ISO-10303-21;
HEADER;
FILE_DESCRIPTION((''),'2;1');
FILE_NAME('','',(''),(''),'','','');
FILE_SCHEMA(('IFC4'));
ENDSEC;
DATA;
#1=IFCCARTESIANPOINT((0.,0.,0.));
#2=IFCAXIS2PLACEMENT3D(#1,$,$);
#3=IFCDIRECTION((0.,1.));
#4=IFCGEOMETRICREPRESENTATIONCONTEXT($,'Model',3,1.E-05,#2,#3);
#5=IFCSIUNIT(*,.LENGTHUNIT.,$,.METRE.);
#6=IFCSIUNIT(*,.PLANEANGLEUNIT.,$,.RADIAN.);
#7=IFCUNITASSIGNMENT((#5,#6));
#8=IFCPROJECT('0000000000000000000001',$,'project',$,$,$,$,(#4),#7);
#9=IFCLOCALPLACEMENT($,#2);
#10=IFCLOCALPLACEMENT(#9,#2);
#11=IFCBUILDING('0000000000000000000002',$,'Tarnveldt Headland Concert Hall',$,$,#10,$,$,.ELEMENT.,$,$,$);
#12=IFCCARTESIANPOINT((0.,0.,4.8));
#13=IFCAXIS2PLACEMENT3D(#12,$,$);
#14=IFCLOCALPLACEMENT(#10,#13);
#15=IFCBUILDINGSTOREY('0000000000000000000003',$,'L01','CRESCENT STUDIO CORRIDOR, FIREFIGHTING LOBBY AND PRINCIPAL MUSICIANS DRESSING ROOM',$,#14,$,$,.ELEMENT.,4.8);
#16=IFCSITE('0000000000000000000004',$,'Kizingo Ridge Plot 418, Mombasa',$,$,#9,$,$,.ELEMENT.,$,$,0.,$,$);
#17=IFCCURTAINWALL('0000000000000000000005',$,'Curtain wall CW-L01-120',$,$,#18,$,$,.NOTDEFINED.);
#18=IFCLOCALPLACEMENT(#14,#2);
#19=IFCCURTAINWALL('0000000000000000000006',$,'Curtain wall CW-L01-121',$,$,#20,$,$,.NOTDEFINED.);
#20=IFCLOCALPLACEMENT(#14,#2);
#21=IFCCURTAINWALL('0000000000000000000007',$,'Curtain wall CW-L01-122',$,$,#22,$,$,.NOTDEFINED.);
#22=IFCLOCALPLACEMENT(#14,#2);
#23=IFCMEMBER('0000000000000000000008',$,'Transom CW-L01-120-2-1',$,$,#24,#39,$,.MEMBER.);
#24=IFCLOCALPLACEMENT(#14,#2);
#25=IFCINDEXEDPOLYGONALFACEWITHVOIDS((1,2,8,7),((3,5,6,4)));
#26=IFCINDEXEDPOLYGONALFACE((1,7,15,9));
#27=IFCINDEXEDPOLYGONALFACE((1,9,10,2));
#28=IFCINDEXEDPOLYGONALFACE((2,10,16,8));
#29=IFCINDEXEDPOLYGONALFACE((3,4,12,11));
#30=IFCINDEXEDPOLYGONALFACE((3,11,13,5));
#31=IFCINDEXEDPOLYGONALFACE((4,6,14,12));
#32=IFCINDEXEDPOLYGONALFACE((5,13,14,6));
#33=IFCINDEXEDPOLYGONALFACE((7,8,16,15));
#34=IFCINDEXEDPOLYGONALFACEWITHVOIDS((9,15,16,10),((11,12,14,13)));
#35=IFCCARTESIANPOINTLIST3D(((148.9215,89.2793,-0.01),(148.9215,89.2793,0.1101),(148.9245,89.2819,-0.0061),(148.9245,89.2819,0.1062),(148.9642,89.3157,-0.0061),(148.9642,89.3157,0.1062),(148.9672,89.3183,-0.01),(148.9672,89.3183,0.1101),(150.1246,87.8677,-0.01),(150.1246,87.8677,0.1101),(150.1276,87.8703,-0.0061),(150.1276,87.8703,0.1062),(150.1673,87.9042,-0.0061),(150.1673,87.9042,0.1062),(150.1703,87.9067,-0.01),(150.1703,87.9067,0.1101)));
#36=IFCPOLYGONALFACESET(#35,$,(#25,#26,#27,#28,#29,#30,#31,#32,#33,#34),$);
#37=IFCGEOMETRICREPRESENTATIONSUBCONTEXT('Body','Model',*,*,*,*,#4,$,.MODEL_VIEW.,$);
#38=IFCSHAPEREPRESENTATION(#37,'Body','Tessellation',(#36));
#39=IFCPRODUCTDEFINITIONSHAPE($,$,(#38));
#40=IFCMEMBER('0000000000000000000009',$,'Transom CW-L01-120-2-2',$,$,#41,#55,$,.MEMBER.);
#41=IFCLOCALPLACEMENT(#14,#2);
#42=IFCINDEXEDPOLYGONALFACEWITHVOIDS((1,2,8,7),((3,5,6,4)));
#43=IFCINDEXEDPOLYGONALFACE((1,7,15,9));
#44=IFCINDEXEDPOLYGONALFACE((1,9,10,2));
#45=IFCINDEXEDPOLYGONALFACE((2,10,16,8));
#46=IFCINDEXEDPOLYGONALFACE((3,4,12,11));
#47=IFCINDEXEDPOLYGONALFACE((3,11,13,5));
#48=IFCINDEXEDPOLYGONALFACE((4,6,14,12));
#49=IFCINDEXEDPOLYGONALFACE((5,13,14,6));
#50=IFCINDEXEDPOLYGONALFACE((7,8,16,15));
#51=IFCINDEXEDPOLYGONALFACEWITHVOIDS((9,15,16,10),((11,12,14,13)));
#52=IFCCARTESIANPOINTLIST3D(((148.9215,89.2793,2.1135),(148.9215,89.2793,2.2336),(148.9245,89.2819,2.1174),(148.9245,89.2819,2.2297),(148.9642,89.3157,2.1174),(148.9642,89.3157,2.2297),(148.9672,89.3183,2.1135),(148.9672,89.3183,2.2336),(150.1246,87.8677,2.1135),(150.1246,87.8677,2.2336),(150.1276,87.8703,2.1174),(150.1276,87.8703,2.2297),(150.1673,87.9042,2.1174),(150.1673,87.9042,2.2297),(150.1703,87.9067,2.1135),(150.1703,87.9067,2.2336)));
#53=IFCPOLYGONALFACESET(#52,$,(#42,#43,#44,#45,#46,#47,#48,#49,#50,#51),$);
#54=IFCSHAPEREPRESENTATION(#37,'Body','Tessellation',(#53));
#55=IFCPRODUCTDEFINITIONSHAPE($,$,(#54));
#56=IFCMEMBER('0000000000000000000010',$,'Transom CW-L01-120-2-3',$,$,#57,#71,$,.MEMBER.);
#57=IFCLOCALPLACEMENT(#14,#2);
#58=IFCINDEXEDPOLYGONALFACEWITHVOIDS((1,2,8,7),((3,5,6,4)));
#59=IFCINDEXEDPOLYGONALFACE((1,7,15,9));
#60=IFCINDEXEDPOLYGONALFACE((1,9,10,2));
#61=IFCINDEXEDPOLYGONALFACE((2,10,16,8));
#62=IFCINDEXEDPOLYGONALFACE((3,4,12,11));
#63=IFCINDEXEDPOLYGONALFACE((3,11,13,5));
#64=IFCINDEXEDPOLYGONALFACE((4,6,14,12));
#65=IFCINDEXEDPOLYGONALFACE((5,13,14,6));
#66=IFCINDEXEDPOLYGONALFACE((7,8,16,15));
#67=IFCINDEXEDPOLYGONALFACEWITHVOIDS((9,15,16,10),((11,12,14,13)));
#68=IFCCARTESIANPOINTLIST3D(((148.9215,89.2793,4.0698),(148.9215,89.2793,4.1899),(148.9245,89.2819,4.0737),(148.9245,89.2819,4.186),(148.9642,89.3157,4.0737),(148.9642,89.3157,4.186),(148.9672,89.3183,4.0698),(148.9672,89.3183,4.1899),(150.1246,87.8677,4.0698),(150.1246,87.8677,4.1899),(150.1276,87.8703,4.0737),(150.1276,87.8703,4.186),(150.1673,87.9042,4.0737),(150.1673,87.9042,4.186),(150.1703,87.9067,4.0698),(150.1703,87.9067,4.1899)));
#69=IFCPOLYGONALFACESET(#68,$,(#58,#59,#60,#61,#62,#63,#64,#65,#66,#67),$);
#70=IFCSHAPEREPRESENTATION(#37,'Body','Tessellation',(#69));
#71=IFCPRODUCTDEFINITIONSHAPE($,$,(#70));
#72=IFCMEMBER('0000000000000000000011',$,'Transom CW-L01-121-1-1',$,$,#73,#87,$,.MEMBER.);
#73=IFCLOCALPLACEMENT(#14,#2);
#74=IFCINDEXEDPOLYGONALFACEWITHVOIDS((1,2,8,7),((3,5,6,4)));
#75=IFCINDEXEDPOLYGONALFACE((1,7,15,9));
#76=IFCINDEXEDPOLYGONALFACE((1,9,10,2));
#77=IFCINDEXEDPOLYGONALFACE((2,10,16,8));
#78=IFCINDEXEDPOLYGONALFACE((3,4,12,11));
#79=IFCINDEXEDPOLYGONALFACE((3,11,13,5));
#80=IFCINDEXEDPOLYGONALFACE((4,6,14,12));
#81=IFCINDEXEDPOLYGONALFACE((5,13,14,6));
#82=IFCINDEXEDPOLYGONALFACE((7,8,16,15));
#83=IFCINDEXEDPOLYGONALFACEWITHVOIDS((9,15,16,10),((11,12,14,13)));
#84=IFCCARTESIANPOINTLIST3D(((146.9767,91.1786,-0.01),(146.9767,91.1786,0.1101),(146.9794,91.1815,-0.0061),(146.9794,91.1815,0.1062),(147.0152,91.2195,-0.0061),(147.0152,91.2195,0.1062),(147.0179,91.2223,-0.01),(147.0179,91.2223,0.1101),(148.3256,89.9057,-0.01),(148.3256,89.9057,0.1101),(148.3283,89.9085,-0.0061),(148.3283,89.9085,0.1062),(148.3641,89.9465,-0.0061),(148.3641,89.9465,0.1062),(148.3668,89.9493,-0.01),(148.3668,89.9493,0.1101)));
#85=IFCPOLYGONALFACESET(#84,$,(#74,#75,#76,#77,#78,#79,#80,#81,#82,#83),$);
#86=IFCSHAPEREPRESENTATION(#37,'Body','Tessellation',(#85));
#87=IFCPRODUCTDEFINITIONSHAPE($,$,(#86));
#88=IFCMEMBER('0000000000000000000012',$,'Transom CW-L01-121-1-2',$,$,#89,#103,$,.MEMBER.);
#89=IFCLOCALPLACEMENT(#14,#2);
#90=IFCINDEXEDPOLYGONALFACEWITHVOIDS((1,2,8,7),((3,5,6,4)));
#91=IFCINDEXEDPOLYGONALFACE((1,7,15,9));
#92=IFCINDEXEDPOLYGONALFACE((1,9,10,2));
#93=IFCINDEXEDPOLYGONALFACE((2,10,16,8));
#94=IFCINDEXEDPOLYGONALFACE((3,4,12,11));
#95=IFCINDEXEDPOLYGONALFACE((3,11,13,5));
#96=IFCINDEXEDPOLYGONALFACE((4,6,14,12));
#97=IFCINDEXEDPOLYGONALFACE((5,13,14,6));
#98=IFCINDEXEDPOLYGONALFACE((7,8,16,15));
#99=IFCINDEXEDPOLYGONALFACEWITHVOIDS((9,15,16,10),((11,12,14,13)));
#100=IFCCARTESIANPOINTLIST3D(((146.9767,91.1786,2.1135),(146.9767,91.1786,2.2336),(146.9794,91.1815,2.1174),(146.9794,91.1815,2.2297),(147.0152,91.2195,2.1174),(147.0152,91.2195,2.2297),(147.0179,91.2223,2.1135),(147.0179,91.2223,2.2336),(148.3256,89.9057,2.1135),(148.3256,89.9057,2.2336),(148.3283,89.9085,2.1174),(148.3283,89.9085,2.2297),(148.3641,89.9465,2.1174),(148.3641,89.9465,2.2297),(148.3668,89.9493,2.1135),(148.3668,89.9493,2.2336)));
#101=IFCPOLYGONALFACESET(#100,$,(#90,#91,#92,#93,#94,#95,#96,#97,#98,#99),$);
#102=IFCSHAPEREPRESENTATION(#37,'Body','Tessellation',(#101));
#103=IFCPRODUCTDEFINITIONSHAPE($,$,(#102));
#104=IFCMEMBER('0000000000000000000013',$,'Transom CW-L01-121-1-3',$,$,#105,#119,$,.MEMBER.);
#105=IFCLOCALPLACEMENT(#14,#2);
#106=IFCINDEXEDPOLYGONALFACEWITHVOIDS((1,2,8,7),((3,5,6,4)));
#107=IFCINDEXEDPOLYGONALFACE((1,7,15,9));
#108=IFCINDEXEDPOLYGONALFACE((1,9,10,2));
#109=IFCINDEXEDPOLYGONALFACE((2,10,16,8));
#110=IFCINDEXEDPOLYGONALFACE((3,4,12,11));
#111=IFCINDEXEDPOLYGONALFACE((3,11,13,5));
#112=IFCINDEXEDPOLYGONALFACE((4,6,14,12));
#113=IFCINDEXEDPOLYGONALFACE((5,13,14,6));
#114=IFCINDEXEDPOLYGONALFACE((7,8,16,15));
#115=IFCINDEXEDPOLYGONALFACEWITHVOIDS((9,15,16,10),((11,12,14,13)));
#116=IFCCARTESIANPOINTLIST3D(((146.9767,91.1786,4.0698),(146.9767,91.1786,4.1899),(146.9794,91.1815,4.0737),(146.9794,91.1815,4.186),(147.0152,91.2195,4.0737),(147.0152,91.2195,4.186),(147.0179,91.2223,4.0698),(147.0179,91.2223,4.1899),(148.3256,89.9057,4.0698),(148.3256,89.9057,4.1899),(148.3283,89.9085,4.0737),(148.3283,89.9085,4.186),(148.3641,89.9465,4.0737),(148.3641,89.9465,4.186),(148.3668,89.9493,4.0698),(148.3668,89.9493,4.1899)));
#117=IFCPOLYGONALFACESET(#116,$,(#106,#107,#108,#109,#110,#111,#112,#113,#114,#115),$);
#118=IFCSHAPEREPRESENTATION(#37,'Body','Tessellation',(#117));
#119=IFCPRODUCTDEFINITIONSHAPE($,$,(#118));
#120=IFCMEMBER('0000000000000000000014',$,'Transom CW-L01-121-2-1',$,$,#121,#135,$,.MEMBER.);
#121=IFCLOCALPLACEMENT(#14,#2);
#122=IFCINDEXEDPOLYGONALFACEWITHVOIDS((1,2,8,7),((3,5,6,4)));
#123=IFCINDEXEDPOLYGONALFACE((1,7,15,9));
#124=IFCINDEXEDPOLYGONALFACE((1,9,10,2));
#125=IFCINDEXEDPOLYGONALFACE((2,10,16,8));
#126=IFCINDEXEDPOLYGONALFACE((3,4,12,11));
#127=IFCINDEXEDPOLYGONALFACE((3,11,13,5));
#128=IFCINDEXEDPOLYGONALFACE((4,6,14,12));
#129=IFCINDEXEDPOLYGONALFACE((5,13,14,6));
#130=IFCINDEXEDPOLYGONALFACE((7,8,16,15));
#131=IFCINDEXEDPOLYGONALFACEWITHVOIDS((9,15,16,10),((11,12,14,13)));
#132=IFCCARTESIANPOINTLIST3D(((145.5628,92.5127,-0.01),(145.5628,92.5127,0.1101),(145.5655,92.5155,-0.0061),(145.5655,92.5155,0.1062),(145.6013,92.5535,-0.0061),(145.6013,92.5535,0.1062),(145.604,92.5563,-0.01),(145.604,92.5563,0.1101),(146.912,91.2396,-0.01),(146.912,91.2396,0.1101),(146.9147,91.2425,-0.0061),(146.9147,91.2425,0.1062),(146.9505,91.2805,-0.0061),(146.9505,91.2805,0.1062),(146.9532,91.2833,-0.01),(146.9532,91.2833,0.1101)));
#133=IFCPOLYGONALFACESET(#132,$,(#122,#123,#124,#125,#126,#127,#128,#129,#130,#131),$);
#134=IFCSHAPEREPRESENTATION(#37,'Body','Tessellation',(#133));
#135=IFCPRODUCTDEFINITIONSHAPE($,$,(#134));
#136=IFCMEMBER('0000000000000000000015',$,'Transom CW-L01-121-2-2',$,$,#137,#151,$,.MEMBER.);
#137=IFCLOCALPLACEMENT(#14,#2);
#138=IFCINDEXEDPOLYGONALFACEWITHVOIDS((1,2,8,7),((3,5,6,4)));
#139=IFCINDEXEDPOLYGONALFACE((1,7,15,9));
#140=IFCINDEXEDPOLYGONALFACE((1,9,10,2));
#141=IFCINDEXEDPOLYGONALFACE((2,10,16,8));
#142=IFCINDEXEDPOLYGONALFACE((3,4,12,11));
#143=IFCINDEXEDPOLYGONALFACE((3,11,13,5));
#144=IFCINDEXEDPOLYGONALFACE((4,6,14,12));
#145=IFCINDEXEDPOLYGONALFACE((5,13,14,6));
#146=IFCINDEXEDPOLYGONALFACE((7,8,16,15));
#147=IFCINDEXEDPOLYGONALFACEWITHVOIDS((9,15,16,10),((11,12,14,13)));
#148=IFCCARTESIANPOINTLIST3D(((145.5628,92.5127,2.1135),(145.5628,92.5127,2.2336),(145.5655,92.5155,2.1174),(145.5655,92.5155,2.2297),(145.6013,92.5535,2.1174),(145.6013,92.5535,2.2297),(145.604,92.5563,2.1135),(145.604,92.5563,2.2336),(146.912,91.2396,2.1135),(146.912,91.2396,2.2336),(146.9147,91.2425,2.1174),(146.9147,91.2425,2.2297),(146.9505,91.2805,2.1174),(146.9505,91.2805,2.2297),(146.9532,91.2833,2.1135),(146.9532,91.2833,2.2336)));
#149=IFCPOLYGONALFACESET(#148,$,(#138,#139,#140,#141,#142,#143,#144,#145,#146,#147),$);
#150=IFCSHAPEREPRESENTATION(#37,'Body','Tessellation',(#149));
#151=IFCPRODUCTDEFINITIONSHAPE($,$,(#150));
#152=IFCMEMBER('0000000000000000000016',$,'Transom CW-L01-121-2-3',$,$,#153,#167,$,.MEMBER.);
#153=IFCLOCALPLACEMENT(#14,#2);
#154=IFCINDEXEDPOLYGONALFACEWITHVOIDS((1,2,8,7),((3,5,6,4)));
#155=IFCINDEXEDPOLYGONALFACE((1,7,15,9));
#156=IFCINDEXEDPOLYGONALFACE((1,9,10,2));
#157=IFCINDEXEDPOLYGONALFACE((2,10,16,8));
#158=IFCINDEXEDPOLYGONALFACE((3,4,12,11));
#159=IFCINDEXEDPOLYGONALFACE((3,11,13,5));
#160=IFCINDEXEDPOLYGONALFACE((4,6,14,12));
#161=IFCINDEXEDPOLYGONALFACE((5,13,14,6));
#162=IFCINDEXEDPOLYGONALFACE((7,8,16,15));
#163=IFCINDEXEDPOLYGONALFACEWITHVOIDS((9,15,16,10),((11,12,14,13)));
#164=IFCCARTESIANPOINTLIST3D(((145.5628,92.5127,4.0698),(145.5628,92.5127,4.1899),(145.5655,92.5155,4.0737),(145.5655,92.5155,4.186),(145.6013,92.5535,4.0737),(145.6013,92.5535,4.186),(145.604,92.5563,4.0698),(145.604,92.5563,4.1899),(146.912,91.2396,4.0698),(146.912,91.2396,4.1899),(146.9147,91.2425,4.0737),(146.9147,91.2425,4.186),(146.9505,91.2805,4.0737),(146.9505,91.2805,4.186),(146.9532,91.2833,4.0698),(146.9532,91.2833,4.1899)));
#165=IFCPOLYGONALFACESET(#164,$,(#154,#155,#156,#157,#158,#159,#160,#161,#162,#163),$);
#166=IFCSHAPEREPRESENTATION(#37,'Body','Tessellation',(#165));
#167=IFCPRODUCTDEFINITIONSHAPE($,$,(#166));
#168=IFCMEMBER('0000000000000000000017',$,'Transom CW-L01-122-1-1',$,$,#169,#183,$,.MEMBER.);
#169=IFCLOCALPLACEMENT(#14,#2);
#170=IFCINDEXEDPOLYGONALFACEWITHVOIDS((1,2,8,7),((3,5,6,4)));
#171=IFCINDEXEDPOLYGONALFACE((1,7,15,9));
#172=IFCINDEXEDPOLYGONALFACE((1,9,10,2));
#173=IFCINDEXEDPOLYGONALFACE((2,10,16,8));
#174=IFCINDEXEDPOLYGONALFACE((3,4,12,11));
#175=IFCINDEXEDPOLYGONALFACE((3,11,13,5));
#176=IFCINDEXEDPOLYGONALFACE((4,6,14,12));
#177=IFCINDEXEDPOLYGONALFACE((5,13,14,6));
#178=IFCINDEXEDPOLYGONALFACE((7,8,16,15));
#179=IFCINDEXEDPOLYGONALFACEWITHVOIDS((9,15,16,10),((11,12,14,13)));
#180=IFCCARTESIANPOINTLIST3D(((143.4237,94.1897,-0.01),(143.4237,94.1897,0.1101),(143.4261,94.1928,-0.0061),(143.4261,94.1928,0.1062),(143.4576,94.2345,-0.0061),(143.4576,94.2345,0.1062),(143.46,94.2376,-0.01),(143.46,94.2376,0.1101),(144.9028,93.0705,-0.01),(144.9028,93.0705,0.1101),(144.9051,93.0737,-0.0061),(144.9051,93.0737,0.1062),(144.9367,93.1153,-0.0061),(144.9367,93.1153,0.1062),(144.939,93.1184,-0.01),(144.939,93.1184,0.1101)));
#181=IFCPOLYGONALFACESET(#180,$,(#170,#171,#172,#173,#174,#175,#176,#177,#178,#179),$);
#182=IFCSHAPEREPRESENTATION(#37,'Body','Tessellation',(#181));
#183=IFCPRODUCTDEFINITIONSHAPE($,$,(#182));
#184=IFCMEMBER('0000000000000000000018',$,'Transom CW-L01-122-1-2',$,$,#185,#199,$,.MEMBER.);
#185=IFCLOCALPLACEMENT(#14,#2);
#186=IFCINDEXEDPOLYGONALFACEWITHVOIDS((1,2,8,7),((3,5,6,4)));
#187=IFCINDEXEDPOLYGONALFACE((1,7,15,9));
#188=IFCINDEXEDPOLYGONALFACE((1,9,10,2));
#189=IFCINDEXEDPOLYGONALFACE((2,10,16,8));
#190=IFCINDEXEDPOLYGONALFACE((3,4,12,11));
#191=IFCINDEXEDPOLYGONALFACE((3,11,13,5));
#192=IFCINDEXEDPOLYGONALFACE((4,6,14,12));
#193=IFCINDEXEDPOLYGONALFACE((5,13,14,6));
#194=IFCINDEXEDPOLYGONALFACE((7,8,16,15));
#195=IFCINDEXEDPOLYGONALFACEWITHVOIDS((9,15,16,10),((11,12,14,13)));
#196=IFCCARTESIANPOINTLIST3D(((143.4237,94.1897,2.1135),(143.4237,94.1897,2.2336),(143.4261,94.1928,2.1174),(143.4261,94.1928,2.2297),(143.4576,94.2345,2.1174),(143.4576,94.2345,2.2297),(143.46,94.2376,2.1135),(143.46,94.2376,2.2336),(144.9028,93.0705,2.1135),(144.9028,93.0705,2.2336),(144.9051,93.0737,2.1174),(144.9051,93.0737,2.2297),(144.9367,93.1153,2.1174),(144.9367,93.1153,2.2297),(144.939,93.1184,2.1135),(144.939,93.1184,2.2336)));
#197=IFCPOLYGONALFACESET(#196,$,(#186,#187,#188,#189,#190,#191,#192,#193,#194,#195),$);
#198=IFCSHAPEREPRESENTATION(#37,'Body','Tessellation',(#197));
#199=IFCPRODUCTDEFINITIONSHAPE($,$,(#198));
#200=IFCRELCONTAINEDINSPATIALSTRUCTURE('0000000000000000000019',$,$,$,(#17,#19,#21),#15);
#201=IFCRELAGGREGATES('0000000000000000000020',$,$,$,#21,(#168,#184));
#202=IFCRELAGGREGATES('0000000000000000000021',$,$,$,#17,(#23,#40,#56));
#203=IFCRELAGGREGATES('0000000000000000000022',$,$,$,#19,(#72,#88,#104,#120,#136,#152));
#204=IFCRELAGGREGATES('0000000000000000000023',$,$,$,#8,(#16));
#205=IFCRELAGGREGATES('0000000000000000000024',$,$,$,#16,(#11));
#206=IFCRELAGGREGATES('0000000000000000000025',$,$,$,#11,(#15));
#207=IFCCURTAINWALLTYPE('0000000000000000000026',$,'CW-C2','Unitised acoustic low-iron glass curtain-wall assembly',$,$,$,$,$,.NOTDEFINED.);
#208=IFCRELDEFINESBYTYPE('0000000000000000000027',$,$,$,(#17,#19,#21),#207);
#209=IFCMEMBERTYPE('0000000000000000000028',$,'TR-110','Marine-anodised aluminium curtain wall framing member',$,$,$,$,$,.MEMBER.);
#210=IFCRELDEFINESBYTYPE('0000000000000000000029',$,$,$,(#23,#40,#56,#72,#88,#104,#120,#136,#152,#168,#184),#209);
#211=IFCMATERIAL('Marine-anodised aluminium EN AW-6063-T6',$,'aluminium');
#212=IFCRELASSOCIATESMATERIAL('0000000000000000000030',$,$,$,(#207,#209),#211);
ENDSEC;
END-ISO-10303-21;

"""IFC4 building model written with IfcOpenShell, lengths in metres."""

from ifc_helpers import new_model, si_unit, direction, frame, origin, origin_2d, place, context, subcontext, project, spatial, hollow_rectangle, extrude, material, material_profile, profile_set, type_object, element, aggregate, save


model = new_model("IFC4")

# Units and contexts
model_context = context("Model", 3, precision=1e-05, world=origin(), true_north=direction((0.0, 1.0)))
body_context = subcontext(model_context, "Body", "Model", "MODEL_VIEW")
ifc_project = project(units=[si_unit("LENGTHUNIT", "METRE"), si_unit("PLANEANGLEUNIT", "RADIAN")], contexts=[model_context])

# Site, building, storey
site_placement = place(None, origin())
site = spatial("IfcSite", under=ifc_project, at=site_placement, Name="Kizingo Ridge Plot 418, Mombasa", CompositionType="ELEMENT", RefElevation=0.0)
building_placement = place(site_placement, origin())
building = spatial("IfcBuilding", under=site, at=building_placement, Name="Tarnveldt Headland Concert Hall", CompositionType="ELEMENT")
storey_placement = place(building_placement, frame((0.0, 0.0, 4.8)))
storey = spatial("IfcBuildingStorey", under=building, at=storey_placement, Name="L01", Description="CRESCENT STUDIO CORRIDOR, FIREFIGHTING LOBBY AND PRINCIPAL MUSICIANS DRESSING ROOM", CompositionType="ELEMENT", Elevation=4.8)

# Curtain walls
ifc_material_1 = material(Name="Marine-anodised aluminium EN AW-6063-T6", Category="aluminium")
curtain_wall_type = type_object("IfcCurtainWallType", Name="CW-C2", Description="Unitised acoustic low-iron glass curtain-wall assembly", PredefinedType="NOTDEFINED", material=ifc_material_1)
curtain_wall_1_placement = place(storey_placement, origin())
curtain_wall_1 = element("IfcCurtainWall", 1, at=curtain_wall_1_placement, inside=storey, type_object=curtain_wall_type, Name="Curtain wall CW-L01-120", PredefinedType="NOTDEFINED")
curtain_wall_2_placement = place(storey_placement, origin())
curtain_wall_2 = element("IfcCurtainWall", 2, at=curtain_wall_2_placement, inside=storey, type_object=curtain_wall_type, Name="Curtain wall CW-L01-121", PredefinedType="NOTDEFINED")

# Curtain wall
curtain_wall_3_placement = place(storey_placement, origin())
curtain_wall_3 = element("IfcCurtainWall", 3, at=curtain_wall_3_placement, inside=storey, type_object=curtain_wall_type, Name="Curtain wall CW-L01-122", PredefinedType="NOTDEFINED")

# Members
ifc_material_profile_1 = material_profile(ifc_material_1, hollow_rectangle(XDim=0.0601, YDim=0.1201, WallThickness=0.0039, at=origin_2d()), Name="ALU TRANSOM 60x120x4", Category="aluminium")
ifc_profile_set_1 = profile_set([ifc_material_profile_1], Name="Marine-anodised aluminium EN AW-6063-T6")
member_type_1 = type_object("IfcMemberType", Name="TR-110", Description="Marine-anodised aluminium curtain wall framing member", PredefinedType="MEMBER", material=ifc_profile_set_1)
member_1_placement = place(storey_placement, frame((150.1475, 87.8872, 0.05), z_axis=(-0.648664, 0.761075, 0.0), x_axis=(-0.761075, -0.648664, 0.0)))
member_1 = element("IfcMember", 4, at=member_1_placement, type_object=member_type_1, Name="Transom CW-L01-120-2-1", PredefinedType="MEMBER", context=body_context, shape_type="SweptSolid", body=[
    extrude(hollow_rectangle(XDim=0.0601, YDim=0.1201, WallThickness=0.0039, at=origin_2d()), origin(), (0.0, 0.0, 1.0), 1.8547),
])
member_2_placement = place(storey_placement, frame((150.1475, 87.8872, 2.1736), z_axis=(-0.648664, 0.761075, 0.0), x_axis=(-0.761075, -0.648664, 0.0)))
member_2 = element("IfcMember", 5, at=member_2_placement, type_object=member_type_1, Name="Transom CW-L01-120-2-2", PredefinedType="MEMBER", context=body_context, shape_type="SweptSolid", body=[
    extrude(hollow_rectangle(XDim=0.0601, YDim=0.1201, WallThickness=0.0039, at=origin_2d()), origin(), (0.0, 0.0, 1.0), 1.8547),
])
member_3_placement = place(storey_placement, frame((150.1475, 87.8872, 4.1299), z_axis=(-0.648664, 0.761075, 0.0), x_axis=(-0.761075, -0.648664, 0.0)))
member_3 = element("IfcMember", 6, at=member_3_placement, type_object=member_type_1, Name="Transom CW-L01-120-2-3", PredefinedType="MEMBER", context=body_context, shape_type="SweptSolid", body=[
    extrude(hollow_rectangle(XDim=0.0601, YDim=0.1201, WallThickness=0.0039, at=origin_2d()), origin(), (0.0, 0.0, 1.0), 1.8547),
])
member_4_placement = place(storey_placement, frame((148.3462, 89.9275, 0.05), z_axis=(-0.72728, 0.686341, 0.0), x_axis=(-0.686341, -0.72728, 0.0)))
member_4 = element("IfcMember", 7, at=member_4_placement, type_object=member_type_1, Name="Transom CW-L01-121-1-1", PredefinedType="MEMBER", context=body_context, shape_type="SweptSolid", body=[
    extrude(hollow_rectangle(XDim=0.0601, YDim=0.1201, WallThickness=0.0039, at=origin_2d()), origin(), (0.0, 0.0, 1.0), 1.8547),
])
member_5_placement = place(storey_placement, frame((148.3462, 89.9275, 2.1736), z_axis=(-0.72728, 0.686341, 0.0), x_axis=(-0.686341, -0.72728, 0.0)))
member_5 = element("IfcMember", 8, at=member_5_placement, type_object=member_type_1, Name="Transom CW-L01-121-1-2", PredefinedType="MEMBER", context=body_context, shape_type="SweptSolid", body=[
    extrude(hollow_rectangle(XDim=0.0601, YDim=0.1201, WallThickness=0.0039, at=origin_2d()), origin(), (0.0, 0.0, 1.0), 1.8547),
])
member_6_placement = place(storey_placement, frame((148.3462, 89.9275, 4.1299), z_axis=(-0.72728, 0.686341, 0.0), x_axis=(-0.686341, -0.72728, 0.0)))
member_6 = element("IfcMember", 9, at=member_6_placement, type_object=member_type_1, Name="Transom CW-L01-121-1-3", PredefinedType="MEMBER", context=body_context, shape_type="SweptSolid", body=[
    extrude(hollow_rectangle(XDim=0.0601, YDim=0.1201, WallThickness=0.0039, at=origin_2d()), origin(), (0.0, 0.0, 1.0), 1.8547),
])
member_7_placement = place(storey_placement, frame((146.9326, 91.2615, 0.05), z_axis=(-0.727342, 0.686276, 0.0), x_axis=(-0.686276, -0.727342, 0.0)))
member_7 = element("IfcMember", 10, at=member_7_placement, type_object=member_type_1, Name="Transom CW-L01-121-2-1", PredefinedType="MEMBER", context=body_context, shape_type="SweptSolid", body=[
    extrude(hollow_rectangle(XDim=0.0601, YDim=0.1201, WallThickness=0.0039, at=origin_2d()), origin(), (0.0, 0.0, 1.0), 1.855),
])
member_8_placement = place(storey_placement, frame((146.9326, 91.2615, 2.1736), z_axis=(-0.727342, 0.686276, 0.0), x_axis=(-0.686276, -0.727342, 0.0)))
member_8 = element("IfcMember", 11, at=member_8_placement, type_object=member_type_1, Name="Transom CW-L01-121-2-2", PredefinedType="MEMBER", context=body_context, shape_type="SweptSolid", body=[
    extrude(hollow_rectangle(XDim=0.0601, YDim=0.1201, WallThickness=0.0039, at=origin_2d()), origin(), (0.0, 0.0, 1.0), 1.855),
])
member_9_placement = place(storey_placement, frame((146.9326, 91.2615, 4.1299), z_axis=(-0.727342, 0.686276, 0.0), x_axis=(-0.686276, -0.727342, 0.0)))
member_9 = element("IfcMember", 12, at=member_9_placement, type_object=member_type_1, Name="Transom CW-L01-121-2-3", PredefinedType="MEMBER", context=body_context, shape_type="SweptSolid", body=[
    extrude(hollow_rectangle(XDim=0.0601, YDim=0.1201, WallThickness=0.0039, at=origin_2d()), origin(), (0.0, 0.0, 1.0), 1.855),
])
member_10_placement = place(storey_placement, frame((144.9209, 93.0945, 0.05), z_axis=(-0.797434, 0.603406, 0.0), x_axis=(-0.603406, -0.797434, 0.0)))
member_10 = element("IfcMember", 13, at=member_10_placement, type_object=member_type_1, Name="Transom CW-L01-122-1-1", PredefinedType="MEMBER", context=body_context, shape_type="SweptSolid", body=[
    extrude(hollow_rectangle(XDim=0.0601, YDim=0.1201, WallThickness=0.0039, at=origin_2d()), origin(), (0.0, 0.0, 1.0), 1.8547),
])
member_11_placement = place(storey_placement, frame((144.9209, 93.0945, 2.1736), z_axis=(-0.797434, 0.603406, 0.0), x_axis=(-0.603406, -0.797434, 0.0)))
member_11 = element("IfcMember", 14, at=member_11_placement, type_object=member_type_1, Name="Transom CW-L01-122-1-2", PredefinedType="MEMBER", context=body_context, shape_type="SweptSolid", body=[
    extrude(hollow_rectangle(XDim=0.0601, YDim=0.1201, WallThickness=0.0039, at=origin_2d()), origin(), (0.0, 0.0, 1.0), 1.8547),
])
aggregate(curtain_wall_3, [member_10, member_11])

aggregate(curtain_wall_1, [member_1, member_2, member_3])
aggregate(curtain_wall_2, [member_4, member_5, member_6, member_7, member_8, member_9])

save(model, "model.ifc")
